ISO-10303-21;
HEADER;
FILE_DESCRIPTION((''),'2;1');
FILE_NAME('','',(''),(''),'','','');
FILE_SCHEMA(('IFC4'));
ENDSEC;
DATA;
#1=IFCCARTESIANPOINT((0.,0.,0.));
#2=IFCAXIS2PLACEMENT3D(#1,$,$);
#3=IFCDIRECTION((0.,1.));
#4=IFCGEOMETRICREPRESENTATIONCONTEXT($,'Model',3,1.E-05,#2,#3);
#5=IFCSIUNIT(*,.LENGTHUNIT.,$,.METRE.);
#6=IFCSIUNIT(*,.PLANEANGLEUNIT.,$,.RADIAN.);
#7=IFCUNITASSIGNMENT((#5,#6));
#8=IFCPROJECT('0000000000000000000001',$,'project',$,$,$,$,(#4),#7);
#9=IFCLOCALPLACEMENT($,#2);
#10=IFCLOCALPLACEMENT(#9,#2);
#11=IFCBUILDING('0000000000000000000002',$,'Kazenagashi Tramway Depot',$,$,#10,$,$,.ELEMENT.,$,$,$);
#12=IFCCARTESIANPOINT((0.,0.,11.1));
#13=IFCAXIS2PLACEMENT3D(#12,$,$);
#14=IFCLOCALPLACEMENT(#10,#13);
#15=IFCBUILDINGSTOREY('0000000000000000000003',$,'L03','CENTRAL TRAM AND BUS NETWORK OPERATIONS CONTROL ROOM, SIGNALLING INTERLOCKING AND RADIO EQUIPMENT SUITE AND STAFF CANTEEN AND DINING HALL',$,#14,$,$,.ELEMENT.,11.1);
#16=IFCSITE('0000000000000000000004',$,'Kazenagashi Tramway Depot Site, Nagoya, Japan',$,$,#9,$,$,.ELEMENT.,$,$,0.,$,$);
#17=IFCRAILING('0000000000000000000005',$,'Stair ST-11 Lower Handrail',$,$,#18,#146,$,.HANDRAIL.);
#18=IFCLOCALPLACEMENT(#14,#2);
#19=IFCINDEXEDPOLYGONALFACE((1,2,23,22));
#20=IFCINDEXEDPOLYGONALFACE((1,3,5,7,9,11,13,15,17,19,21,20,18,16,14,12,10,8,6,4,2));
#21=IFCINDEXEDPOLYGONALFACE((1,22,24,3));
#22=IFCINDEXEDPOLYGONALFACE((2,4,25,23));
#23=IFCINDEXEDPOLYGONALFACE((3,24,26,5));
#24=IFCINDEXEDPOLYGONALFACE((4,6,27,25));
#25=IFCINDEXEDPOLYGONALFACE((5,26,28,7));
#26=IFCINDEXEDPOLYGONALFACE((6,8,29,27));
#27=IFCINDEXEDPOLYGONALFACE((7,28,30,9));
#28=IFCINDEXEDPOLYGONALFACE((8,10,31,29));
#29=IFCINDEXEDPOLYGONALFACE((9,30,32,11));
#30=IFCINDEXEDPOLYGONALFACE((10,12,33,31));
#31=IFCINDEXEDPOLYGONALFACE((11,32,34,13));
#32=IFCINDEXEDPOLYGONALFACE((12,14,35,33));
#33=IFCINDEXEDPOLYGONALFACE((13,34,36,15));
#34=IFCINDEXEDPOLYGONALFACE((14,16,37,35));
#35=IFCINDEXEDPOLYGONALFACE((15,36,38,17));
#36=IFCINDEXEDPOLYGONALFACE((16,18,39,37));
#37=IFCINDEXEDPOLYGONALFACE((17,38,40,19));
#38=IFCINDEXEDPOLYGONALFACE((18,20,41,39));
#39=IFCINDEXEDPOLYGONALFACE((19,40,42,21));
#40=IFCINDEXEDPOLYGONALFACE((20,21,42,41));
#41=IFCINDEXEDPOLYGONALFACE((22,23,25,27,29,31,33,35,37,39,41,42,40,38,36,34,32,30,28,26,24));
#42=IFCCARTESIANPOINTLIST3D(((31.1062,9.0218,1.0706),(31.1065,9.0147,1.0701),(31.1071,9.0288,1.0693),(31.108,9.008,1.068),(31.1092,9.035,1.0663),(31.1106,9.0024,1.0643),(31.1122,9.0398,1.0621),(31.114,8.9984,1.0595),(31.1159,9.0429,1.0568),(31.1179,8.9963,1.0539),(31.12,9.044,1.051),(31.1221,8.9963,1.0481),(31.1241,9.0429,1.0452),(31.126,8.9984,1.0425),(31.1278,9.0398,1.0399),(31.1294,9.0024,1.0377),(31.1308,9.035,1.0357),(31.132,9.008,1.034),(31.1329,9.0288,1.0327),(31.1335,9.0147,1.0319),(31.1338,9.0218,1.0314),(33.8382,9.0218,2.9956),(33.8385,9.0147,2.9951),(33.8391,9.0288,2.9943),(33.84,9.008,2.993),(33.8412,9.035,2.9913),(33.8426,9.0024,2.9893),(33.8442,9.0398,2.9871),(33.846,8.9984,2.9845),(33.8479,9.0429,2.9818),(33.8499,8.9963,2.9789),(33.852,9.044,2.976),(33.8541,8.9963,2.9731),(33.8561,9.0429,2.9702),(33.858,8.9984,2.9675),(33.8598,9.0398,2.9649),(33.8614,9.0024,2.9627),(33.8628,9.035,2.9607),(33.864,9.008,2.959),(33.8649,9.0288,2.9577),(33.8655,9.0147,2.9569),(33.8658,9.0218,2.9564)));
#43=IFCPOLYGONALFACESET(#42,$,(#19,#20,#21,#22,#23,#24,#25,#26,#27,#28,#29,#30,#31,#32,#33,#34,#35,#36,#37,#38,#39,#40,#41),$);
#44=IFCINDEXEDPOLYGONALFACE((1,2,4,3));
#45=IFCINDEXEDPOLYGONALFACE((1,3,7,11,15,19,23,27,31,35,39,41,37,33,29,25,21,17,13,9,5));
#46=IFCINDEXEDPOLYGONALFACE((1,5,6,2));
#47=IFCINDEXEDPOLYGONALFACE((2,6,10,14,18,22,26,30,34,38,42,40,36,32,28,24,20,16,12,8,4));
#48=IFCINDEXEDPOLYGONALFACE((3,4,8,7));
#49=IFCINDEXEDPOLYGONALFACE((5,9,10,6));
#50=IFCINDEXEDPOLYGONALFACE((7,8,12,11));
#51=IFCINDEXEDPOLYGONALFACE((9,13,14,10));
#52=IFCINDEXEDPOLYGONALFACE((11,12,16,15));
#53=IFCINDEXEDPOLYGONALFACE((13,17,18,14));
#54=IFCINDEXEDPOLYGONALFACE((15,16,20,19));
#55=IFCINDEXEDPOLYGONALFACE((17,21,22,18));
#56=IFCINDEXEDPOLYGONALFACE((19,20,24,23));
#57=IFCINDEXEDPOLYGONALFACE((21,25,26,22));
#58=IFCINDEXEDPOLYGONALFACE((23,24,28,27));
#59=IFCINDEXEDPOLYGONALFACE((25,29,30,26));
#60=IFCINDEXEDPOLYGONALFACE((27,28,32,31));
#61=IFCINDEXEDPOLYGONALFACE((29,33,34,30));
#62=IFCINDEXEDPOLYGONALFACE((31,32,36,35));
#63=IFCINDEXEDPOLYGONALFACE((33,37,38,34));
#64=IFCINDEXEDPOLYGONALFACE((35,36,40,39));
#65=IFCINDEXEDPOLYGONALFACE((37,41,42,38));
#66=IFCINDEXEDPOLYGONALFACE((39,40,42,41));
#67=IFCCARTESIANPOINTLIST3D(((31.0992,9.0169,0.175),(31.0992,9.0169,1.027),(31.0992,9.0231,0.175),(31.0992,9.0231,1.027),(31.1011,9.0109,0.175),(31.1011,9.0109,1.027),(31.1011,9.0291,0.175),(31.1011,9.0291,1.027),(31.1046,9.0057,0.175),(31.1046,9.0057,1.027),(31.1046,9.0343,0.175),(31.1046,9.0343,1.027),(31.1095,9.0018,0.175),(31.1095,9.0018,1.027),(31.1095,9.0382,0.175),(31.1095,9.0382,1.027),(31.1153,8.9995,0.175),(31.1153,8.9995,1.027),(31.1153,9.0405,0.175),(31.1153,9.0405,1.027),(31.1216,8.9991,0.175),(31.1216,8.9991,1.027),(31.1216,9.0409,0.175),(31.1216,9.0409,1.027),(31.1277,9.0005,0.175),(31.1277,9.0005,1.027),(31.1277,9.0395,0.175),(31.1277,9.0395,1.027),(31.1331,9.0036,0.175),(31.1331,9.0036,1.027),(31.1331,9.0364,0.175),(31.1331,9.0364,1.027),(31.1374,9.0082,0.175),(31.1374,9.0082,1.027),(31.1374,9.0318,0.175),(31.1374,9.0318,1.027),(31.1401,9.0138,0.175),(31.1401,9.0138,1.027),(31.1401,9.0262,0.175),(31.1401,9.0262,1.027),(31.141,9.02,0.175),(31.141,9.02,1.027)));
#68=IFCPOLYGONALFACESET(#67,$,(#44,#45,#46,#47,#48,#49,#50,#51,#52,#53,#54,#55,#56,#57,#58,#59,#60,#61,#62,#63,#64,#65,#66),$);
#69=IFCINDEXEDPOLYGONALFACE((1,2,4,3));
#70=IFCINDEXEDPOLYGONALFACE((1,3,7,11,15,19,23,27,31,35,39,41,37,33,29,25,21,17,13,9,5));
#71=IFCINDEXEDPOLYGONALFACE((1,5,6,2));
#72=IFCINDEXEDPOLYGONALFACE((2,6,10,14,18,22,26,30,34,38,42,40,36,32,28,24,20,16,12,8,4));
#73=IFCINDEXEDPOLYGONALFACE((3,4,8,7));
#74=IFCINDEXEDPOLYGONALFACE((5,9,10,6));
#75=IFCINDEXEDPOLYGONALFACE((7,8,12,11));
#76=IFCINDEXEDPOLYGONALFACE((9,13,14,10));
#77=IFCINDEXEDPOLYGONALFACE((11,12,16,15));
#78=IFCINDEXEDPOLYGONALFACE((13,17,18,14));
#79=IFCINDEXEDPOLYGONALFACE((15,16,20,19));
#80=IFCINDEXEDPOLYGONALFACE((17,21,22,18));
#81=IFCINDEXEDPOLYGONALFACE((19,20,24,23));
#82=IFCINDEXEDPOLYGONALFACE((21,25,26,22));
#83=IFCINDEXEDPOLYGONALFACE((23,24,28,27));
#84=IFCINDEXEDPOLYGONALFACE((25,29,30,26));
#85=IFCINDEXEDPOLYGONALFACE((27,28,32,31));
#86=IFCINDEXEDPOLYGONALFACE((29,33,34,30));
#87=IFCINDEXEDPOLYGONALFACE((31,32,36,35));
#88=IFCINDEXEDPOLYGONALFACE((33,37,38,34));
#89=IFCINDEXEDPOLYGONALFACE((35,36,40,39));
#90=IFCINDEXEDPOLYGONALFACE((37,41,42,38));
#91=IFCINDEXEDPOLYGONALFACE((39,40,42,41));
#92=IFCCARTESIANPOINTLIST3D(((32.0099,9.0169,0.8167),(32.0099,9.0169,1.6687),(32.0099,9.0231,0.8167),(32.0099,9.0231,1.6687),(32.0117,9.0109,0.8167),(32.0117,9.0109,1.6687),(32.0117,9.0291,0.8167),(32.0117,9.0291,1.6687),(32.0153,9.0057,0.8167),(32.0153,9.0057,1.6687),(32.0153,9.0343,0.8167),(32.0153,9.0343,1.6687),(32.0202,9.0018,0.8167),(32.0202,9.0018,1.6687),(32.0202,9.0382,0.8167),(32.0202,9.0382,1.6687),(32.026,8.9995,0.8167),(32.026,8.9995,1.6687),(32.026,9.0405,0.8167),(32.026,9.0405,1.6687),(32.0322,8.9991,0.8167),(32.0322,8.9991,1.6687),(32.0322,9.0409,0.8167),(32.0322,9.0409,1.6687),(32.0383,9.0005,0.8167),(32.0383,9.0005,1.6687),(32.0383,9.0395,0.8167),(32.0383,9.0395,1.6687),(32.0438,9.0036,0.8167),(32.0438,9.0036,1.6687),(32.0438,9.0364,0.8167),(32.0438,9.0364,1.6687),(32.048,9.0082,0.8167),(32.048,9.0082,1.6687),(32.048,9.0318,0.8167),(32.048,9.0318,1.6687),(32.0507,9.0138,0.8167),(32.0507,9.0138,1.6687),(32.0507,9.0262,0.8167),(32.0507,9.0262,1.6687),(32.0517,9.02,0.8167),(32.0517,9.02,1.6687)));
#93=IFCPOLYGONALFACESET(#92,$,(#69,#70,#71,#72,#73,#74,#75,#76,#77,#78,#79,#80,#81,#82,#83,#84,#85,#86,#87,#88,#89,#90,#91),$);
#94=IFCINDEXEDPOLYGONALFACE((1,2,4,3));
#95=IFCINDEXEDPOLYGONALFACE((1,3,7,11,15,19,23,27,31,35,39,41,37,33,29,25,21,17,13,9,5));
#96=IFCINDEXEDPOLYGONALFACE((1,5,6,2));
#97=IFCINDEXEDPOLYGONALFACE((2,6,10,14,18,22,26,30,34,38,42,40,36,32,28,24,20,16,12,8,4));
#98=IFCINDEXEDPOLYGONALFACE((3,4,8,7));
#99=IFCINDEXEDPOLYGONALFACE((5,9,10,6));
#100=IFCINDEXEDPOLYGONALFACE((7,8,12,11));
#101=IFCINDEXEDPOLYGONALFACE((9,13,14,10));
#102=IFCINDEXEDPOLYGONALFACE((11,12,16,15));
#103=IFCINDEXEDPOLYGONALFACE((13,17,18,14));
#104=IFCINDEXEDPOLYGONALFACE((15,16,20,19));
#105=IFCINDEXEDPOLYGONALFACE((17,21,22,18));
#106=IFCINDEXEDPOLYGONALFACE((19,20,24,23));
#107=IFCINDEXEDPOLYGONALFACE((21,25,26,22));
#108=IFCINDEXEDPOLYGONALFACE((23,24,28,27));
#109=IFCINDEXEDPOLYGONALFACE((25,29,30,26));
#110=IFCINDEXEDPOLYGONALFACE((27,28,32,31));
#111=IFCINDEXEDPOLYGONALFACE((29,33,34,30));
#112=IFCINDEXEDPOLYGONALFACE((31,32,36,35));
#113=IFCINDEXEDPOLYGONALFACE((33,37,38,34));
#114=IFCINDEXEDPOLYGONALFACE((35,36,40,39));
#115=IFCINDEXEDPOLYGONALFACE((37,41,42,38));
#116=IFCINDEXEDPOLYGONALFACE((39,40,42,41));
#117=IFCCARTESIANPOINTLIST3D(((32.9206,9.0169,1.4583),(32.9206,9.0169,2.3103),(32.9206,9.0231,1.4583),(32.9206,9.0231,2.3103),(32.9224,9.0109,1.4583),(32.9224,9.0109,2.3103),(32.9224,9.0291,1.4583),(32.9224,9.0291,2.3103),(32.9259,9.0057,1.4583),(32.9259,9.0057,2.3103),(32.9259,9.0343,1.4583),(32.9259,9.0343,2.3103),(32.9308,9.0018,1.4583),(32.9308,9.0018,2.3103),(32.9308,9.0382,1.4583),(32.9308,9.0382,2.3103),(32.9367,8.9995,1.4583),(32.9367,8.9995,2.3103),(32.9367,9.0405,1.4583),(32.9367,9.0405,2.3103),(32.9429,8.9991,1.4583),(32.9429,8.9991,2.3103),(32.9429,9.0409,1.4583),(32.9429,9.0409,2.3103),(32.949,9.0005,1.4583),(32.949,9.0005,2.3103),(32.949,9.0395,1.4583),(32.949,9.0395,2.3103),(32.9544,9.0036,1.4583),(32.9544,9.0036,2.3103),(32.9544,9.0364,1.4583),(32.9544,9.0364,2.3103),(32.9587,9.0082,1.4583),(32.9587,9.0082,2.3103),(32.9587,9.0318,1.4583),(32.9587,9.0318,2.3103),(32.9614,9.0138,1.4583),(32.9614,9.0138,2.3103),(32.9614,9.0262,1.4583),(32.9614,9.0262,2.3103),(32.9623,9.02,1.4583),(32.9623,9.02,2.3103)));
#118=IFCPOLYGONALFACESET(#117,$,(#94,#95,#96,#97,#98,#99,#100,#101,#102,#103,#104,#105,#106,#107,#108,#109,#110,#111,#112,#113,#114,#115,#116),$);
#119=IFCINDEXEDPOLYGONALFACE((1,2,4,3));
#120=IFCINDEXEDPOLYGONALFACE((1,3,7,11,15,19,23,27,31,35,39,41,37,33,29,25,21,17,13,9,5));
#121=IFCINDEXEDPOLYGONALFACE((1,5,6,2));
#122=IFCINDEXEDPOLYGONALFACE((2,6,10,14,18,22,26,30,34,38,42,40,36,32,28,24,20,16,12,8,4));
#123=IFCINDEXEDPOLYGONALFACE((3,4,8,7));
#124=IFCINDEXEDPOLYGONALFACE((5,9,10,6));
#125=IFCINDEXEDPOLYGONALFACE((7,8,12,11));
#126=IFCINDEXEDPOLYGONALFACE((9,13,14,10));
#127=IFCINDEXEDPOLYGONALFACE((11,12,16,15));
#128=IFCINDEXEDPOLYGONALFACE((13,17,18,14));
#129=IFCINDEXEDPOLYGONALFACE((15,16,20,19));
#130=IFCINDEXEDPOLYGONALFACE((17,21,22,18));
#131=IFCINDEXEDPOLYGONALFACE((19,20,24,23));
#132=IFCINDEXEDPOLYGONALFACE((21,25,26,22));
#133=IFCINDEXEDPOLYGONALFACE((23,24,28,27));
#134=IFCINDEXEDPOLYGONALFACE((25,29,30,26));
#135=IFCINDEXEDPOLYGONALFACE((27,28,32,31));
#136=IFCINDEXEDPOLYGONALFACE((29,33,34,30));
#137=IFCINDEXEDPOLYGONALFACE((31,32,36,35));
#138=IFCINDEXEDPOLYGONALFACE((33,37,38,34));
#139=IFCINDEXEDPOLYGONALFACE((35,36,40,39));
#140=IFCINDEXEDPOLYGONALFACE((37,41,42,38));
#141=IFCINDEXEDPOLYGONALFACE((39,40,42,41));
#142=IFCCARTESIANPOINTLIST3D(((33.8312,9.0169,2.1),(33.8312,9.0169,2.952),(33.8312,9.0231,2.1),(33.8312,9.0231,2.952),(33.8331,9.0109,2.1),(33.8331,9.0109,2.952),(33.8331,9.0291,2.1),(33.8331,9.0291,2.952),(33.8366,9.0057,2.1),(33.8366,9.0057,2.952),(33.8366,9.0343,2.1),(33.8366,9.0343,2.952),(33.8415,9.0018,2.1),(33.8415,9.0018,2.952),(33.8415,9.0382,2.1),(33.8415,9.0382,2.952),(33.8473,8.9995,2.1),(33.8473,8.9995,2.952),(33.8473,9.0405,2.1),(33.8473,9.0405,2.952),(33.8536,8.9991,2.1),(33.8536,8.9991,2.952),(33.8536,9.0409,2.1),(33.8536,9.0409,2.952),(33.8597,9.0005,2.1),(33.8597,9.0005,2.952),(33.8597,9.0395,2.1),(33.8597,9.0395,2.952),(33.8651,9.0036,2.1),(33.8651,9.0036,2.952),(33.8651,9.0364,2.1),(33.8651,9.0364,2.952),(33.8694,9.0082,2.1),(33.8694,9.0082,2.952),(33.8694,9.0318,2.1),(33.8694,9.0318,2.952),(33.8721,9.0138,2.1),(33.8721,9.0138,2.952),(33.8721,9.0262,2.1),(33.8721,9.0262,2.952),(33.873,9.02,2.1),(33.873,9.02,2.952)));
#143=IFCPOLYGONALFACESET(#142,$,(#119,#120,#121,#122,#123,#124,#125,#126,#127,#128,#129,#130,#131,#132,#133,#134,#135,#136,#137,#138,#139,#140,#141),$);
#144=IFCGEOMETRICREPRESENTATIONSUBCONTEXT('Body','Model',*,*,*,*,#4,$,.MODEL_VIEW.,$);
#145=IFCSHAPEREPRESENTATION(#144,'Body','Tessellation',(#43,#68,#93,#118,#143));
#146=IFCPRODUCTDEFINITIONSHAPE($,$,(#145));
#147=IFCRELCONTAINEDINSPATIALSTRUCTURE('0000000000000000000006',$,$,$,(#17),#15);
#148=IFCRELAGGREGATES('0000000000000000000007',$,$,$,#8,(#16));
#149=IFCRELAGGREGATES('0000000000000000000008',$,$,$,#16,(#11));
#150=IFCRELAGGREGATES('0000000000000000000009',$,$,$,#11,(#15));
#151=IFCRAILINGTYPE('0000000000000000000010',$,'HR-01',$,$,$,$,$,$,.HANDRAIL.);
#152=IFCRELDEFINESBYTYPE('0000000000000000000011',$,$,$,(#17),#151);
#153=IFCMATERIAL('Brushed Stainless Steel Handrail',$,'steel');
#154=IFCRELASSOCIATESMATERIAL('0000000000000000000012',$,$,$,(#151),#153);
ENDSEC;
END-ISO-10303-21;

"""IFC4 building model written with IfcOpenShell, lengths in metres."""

from ifc_helpers import new_model, si_unit, direction, frame, origin, origin_2d, place, context, subcontext, project, spatial, circle, extrude, material, type_object, element, save


model = new_model("IFC4")

# Units and contexts
model_context = context("Model", 3, precision=1e-05, world=origin(), true_north=direction((0.0, 1.0)))
body_context = subcontext(model_context, "Body", "Model", "MODEL_VIEW")
ifc_project = project(units=[si_unit("LENGTHUNIT", "METRE"), si_unit("PLANEANGLEUNIT", "RADIAN")], contexts=[model_context])

# Site, building, storey
site_placement = place(None, origin())
site = spatial("IfcSite", under=ifc_project, at=site_placement, Name="Kazenagashi Tramway Depot Site, Nagoya, Japan", CompositionType="ELEMENT", RefElevation=0.0)
building_placement = place(site_placement, origin())
building = spatial("IfcBuilding", under=site, at=building_placement, Name="Kazenagashi Tramway Depot", CompositionType="ELEMENT")
storey_placement = place(building_placement, frame((0.0, 0.0, 11.1)))
storey = spatial("IfcBuildingStorey", under=building, at=storey_placement, Name="L03", Description="CENTRAL TRAM AND BUS NETWORK OPERATIONS CONTROL ROOM, SIGNALLING INTERLOCKING AND RADIO EQUIPMENT SUITE AND STAFF CANTEEN AND DINING HALL", CompositionType="ELEMENT", Elevation=11.1)

# Railing
ifc_material_1 = material(Name="Brushed Stainless Steel Handrail", Category="steel")
railing_type_1 = type_object("IfcRailingType", Name="HR-01", PredefinedType="HANDRAIL", material=ifc_material_1)
railing_1_placement = place(storey_placement, frame((31.12, 9.02, 0.175)))
element("IfcRailing", 1, at=railing_1_placement, inside=storey, type_object=railing_type_1, Name="Stair ST-11 Lower Handrail", PredefinedType="HANDRAIL", context=body_context, shape_type="SweptSolid", body=[
    extrude(circle(Radius=0.024, at=origin_2d()), frame((0.0, 0.0, 0.876), z_axis=(0.817457, 0.0, 0.57599), x_axis=(0.0, 1.0, 0.0)), (0.0, 0.0, 1.0), 3.3421),
    extrude(circle(Radius=0.021, at=origin_2d()), origin(), (0.0, 0.0, 1.0), 0.852),
    extrude(circle(Radius=0.021, at=origin_2d()), frame((0.9107, 0.0, 0.6417)), (0.0, 0.0, 1.0), 0.852),
    extrude(circle(Radius=0.021, at=origin_2d()), frame((1.8213, 0.0, 1.2833)), (0.0, 0.0, 1.0), 0.852),
    extrude(circle(Radius=0.021, at=origin_2d()), frame((2.732, 0.0, 1.925)), (0.0, 0.0, 1.0), 0.852),
])

save(model, "model.ifc")
